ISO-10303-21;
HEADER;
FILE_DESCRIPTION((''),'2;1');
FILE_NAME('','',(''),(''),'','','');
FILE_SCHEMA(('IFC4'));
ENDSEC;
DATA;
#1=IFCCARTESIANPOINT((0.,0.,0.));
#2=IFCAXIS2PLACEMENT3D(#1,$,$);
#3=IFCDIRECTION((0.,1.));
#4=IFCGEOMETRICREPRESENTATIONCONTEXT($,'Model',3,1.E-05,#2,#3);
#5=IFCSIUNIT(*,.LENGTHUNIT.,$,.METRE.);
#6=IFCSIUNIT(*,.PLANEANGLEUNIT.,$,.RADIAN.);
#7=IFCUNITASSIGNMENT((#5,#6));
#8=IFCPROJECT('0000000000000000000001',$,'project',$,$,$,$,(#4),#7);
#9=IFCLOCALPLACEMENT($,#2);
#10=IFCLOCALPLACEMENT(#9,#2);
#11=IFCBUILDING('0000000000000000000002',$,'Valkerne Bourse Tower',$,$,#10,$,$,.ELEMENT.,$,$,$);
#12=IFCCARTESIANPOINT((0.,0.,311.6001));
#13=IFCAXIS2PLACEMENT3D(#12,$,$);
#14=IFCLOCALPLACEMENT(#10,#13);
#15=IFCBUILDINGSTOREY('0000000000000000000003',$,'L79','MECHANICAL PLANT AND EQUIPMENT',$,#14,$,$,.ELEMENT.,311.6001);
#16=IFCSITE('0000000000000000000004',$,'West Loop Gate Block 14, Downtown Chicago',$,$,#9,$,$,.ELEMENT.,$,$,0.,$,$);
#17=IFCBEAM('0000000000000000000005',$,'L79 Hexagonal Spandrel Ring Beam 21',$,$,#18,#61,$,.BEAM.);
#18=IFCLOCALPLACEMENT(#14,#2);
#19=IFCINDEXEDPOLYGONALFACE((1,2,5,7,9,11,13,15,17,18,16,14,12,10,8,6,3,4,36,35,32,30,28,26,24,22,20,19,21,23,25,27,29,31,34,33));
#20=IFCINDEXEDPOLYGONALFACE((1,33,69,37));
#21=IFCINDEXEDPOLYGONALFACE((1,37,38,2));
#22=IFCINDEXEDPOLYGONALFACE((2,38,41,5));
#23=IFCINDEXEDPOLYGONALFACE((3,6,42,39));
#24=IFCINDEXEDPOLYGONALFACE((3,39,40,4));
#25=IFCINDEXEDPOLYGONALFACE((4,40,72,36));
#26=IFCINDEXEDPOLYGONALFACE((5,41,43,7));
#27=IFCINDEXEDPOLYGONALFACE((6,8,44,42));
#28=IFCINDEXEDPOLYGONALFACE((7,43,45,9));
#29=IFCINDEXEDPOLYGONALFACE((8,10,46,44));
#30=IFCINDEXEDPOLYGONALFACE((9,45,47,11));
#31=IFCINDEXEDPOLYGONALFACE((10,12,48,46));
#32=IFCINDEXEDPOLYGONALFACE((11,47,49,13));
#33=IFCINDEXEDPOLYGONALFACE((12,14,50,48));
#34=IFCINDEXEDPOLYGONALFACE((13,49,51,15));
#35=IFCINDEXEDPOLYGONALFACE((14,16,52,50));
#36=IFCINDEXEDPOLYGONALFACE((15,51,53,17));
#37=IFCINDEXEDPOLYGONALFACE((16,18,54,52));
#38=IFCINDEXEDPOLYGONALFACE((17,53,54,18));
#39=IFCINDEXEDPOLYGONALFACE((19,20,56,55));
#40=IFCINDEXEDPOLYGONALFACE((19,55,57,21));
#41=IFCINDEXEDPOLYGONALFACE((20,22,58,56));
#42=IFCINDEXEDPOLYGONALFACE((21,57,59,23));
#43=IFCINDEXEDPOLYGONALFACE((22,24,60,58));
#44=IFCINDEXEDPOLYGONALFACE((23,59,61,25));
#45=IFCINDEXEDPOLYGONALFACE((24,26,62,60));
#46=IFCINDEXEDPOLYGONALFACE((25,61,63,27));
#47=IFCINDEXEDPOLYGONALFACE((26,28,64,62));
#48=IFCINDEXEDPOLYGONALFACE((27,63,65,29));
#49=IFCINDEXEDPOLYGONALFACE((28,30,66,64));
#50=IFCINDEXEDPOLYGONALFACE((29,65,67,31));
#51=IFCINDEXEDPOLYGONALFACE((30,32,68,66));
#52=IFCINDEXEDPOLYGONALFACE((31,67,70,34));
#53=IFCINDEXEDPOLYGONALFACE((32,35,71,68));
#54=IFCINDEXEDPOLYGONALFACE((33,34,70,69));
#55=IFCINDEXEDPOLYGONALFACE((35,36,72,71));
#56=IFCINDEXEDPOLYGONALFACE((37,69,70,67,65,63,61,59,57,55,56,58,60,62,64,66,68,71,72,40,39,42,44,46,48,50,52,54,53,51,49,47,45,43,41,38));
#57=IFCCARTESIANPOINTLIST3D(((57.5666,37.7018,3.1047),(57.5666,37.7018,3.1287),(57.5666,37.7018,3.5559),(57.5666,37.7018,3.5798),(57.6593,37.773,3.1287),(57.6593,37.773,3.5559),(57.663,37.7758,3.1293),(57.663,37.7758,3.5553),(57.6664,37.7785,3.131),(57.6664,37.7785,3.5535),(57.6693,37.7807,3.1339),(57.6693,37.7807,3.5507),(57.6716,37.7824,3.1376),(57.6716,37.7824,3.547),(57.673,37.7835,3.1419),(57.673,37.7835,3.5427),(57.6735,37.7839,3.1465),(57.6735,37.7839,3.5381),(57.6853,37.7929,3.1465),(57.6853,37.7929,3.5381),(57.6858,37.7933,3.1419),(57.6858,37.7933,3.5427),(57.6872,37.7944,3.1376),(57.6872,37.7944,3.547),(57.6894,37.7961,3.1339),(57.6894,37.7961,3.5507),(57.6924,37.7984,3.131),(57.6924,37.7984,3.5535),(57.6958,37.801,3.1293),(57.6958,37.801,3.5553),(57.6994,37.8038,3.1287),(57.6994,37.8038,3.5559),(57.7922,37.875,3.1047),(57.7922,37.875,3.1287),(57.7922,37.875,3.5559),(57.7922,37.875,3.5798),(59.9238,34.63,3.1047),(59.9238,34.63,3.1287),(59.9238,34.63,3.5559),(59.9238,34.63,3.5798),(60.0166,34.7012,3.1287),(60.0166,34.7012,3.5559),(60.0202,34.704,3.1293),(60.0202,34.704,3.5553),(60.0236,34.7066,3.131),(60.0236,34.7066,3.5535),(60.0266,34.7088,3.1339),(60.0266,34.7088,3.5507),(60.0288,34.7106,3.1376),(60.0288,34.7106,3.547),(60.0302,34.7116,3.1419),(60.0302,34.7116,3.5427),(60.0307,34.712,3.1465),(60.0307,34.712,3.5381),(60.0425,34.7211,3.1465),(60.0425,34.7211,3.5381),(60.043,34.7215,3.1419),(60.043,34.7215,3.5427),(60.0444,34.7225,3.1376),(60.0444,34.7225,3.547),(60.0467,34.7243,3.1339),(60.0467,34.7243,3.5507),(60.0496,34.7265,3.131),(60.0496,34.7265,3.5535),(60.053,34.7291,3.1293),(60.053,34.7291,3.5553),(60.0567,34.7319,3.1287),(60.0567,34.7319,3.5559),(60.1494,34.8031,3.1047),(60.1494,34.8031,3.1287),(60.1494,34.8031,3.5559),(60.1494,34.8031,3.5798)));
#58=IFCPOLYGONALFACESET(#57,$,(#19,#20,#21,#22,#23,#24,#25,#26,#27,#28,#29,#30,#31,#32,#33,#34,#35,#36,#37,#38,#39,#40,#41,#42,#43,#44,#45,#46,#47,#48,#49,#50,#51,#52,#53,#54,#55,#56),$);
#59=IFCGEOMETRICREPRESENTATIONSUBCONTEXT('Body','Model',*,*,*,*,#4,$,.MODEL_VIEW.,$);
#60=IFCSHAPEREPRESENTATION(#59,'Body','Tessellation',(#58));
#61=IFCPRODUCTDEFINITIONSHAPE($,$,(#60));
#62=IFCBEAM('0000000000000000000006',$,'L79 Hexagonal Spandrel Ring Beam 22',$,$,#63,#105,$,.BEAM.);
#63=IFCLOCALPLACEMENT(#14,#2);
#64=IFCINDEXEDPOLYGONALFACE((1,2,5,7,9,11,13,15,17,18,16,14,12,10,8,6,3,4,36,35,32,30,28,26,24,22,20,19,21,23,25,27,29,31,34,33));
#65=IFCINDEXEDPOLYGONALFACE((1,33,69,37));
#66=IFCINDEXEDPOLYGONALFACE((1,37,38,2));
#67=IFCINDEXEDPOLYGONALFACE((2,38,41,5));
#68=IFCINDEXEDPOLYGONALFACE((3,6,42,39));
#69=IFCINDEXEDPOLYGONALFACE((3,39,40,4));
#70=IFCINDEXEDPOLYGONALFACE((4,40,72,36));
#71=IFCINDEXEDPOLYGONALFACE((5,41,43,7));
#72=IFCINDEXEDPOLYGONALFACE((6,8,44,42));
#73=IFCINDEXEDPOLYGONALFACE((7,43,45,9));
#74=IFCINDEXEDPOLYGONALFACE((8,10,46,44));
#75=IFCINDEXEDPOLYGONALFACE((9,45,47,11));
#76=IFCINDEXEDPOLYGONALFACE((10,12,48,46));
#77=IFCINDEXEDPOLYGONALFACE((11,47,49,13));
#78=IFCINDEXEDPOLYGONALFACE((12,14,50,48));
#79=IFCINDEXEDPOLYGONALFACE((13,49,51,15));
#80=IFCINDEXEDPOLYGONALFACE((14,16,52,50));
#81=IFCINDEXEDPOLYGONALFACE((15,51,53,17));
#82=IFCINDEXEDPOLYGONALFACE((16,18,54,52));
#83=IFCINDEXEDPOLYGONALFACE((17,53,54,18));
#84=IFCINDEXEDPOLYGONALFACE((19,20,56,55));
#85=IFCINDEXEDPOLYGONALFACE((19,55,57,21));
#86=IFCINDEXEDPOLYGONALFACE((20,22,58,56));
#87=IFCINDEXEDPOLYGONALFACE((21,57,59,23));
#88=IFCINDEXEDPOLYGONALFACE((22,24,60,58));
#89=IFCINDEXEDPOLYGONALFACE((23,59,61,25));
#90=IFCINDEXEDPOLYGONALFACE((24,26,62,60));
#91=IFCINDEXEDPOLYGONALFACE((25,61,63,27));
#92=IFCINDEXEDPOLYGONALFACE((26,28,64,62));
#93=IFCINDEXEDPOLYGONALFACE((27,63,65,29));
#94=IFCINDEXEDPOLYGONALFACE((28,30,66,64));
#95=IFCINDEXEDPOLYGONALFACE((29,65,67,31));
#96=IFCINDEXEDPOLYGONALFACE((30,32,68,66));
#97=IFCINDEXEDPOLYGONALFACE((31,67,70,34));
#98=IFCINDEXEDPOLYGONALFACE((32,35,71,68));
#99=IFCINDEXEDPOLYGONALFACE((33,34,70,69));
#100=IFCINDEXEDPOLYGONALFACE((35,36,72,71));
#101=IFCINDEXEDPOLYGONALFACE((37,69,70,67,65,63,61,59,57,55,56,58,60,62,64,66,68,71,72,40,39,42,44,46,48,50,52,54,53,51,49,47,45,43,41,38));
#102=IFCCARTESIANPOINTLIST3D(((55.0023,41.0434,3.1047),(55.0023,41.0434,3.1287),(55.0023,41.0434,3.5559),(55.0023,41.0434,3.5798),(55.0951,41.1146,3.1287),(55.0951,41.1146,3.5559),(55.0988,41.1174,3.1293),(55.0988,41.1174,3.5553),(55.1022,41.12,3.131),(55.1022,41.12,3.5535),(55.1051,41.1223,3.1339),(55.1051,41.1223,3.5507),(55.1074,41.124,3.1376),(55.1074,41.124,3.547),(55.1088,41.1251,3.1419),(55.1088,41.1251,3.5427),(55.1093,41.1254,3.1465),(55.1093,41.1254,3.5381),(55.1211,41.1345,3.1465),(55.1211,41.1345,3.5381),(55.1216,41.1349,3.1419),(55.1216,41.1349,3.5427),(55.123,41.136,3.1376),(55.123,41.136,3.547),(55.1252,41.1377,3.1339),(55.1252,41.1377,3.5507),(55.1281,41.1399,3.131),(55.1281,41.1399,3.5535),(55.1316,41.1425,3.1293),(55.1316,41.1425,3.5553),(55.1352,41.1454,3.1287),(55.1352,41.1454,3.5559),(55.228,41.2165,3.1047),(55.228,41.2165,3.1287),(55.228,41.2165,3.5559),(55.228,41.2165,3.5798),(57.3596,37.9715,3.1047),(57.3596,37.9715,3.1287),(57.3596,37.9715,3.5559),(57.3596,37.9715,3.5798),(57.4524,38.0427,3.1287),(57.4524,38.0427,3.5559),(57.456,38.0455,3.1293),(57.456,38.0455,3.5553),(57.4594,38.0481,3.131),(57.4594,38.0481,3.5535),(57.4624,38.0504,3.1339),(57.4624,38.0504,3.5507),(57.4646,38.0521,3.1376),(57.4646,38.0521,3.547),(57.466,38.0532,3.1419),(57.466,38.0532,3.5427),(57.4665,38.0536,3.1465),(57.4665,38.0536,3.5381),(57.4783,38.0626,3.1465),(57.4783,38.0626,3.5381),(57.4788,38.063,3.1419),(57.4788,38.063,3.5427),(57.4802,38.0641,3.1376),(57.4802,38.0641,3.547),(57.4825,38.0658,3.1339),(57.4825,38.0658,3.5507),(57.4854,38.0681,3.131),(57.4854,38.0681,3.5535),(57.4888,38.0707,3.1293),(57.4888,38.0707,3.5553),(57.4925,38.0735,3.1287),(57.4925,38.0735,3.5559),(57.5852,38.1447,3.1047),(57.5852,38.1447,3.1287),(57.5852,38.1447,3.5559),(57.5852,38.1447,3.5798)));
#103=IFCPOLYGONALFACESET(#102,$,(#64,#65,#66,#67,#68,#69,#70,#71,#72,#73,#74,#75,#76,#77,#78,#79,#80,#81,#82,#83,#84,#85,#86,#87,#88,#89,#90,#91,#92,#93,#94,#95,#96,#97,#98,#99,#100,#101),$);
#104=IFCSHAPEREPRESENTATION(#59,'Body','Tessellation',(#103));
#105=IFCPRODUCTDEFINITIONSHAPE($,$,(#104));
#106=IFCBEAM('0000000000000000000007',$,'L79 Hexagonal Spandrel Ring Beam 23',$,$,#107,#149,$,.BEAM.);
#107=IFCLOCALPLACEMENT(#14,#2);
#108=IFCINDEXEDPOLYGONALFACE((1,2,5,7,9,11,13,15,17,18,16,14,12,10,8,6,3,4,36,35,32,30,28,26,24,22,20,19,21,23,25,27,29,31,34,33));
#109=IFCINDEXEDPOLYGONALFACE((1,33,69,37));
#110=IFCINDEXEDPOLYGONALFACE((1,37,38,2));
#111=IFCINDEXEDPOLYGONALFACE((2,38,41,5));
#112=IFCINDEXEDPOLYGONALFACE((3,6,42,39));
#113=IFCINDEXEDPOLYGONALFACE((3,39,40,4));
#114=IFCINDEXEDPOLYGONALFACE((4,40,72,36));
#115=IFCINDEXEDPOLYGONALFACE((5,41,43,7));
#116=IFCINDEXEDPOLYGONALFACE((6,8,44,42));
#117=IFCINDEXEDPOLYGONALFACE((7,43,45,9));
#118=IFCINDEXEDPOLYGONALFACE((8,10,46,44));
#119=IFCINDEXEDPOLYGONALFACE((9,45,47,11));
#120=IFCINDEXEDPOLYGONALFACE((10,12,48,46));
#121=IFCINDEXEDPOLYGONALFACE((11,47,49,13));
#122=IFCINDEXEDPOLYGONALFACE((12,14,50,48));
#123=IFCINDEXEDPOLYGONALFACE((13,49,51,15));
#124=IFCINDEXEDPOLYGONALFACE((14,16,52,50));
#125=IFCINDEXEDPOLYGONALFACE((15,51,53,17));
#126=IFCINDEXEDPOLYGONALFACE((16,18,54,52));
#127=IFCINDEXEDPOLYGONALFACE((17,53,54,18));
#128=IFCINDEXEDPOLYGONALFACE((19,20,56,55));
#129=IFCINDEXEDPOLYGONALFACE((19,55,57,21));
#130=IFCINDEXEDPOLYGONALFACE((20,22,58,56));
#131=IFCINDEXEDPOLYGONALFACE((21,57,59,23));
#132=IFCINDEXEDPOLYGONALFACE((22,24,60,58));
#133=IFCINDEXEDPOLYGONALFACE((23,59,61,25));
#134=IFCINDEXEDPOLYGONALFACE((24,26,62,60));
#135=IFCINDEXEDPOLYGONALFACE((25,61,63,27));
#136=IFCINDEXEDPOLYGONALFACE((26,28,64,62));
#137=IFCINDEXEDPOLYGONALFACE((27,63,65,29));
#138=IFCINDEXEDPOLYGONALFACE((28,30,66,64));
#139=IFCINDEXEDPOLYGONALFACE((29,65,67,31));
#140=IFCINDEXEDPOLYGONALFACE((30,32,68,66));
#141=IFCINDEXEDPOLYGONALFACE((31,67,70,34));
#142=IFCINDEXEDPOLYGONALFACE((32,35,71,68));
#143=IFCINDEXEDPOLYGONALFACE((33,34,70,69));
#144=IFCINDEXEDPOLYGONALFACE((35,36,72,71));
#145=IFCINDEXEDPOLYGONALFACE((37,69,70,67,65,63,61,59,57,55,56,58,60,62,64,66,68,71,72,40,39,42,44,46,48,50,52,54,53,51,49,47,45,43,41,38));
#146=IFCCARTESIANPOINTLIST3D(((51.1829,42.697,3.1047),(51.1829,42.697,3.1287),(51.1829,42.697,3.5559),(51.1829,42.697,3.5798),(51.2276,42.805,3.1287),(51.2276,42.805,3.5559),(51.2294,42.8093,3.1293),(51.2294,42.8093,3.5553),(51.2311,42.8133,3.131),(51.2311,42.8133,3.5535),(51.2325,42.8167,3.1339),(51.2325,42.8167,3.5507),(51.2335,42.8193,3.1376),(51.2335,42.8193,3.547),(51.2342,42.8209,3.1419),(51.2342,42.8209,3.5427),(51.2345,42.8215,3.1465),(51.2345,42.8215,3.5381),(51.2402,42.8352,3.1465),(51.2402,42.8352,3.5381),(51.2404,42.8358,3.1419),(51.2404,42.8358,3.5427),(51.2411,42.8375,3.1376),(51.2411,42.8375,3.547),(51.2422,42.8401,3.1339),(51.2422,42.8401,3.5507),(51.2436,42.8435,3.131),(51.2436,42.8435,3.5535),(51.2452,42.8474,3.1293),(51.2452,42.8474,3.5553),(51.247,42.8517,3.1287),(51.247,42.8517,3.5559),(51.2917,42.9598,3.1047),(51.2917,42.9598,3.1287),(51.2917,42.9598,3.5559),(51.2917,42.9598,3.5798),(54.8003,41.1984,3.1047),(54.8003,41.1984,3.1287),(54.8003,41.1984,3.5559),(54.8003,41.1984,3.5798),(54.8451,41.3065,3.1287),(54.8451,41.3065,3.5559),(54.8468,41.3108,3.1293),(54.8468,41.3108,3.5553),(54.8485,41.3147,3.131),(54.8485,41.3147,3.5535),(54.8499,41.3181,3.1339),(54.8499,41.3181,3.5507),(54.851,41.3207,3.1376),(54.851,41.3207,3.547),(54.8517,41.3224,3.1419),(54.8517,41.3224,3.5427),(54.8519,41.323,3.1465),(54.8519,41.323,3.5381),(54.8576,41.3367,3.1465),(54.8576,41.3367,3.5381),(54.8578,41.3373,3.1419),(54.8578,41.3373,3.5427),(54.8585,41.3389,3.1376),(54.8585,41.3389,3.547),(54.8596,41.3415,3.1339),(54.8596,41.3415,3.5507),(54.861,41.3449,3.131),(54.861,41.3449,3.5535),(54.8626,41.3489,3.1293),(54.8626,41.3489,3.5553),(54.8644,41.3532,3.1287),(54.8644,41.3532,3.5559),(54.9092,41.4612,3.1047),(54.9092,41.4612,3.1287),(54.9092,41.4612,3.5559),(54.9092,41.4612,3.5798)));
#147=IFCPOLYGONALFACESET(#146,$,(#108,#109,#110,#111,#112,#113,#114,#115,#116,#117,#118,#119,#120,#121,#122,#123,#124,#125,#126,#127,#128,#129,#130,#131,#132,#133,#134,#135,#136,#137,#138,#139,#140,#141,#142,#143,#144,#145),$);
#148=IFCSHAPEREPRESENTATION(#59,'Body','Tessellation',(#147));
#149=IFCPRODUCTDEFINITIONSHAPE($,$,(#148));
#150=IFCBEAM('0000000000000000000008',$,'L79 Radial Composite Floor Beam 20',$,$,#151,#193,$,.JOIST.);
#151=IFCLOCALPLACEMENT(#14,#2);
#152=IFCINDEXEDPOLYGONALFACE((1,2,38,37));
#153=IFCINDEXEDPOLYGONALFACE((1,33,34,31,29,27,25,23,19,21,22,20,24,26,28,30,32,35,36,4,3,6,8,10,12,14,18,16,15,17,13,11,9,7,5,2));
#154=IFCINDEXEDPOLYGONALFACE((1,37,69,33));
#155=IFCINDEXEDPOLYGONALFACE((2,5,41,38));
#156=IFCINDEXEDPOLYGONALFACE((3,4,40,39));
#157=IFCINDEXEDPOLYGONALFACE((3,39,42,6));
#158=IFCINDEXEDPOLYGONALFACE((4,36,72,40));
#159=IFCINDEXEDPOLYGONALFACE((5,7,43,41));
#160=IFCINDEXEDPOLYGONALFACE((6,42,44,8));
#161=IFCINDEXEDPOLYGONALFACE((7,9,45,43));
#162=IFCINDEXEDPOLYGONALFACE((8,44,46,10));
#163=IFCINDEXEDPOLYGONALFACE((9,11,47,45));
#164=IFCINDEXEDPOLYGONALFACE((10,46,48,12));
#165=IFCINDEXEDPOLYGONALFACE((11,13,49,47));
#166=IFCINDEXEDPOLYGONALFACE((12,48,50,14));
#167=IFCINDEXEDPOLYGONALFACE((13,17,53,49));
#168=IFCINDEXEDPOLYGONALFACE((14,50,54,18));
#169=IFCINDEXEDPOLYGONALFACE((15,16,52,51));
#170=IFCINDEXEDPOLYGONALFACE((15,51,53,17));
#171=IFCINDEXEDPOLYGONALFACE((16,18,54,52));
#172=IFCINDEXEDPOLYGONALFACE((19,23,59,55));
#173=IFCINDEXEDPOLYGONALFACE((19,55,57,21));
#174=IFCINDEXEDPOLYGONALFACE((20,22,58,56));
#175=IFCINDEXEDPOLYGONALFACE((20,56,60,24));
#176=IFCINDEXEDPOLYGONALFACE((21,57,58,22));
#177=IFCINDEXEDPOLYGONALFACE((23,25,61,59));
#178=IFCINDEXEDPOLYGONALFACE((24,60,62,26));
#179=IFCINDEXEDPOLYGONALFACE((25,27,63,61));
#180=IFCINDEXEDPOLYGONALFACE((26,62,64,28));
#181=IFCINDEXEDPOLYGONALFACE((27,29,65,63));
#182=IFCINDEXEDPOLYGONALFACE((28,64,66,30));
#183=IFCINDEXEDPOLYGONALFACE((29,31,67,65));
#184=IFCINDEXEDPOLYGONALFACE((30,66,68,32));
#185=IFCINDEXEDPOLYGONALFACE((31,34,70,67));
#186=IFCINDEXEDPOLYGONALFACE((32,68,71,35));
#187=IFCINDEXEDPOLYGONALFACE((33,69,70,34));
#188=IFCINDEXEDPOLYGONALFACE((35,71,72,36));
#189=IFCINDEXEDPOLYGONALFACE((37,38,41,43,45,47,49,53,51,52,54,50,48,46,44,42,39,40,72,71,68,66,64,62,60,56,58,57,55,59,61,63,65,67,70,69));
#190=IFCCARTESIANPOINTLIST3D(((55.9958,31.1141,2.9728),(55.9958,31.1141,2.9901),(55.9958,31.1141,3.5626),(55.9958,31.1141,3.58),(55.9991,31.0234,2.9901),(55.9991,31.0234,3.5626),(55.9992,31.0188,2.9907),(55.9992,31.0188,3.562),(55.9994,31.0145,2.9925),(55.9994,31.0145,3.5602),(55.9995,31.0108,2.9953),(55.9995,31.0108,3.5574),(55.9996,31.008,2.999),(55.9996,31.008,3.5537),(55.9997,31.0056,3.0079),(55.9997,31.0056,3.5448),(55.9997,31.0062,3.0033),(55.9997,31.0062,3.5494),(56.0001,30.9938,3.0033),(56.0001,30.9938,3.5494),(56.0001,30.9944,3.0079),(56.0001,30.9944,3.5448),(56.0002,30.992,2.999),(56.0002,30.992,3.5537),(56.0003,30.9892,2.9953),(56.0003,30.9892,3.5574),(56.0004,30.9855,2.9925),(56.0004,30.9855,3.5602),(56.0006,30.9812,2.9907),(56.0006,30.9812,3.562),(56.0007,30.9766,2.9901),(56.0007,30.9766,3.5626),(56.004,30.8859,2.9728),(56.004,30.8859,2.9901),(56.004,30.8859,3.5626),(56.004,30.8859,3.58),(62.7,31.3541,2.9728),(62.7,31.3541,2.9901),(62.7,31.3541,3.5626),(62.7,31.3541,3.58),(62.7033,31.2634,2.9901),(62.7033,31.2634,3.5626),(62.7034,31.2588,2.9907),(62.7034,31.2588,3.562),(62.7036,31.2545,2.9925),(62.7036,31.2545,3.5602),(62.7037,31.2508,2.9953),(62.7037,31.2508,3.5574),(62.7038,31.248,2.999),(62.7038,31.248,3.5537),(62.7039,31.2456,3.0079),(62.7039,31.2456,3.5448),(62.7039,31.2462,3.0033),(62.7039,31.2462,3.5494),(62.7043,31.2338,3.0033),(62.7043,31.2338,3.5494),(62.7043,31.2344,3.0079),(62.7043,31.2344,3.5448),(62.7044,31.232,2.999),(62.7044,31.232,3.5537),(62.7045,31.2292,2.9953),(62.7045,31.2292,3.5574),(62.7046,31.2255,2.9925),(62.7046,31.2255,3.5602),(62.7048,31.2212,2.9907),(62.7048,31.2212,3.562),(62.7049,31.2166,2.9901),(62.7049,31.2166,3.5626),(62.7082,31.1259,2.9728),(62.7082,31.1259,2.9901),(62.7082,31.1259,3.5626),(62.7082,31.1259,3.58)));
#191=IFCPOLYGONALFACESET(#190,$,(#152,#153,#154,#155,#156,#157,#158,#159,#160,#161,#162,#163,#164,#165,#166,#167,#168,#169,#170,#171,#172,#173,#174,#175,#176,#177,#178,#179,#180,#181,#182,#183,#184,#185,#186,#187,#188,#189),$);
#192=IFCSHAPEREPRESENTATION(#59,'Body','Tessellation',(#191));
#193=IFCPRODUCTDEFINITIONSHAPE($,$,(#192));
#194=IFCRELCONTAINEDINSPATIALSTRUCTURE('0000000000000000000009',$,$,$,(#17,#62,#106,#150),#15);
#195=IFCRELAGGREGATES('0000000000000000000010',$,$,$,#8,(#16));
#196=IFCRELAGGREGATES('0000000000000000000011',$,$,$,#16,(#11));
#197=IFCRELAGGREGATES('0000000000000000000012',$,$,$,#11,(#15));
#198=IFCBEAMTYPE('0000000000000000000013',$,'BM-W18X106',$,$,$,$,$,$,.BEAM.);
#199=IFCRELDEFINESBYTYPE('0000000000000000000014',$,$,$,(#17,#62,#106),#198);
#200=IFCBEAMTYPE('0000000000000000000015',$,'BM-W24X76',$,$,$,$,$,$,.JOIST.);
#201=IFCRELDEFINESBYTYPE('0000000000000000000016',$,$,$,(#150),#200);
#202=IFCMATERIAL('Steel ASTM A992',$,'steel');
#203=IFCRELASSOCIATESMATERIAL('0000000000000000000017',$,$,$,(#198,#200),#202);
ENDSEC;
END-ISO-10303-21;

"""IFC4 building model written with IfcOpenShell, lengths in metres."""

from ifc_helpers import new_model, si_unit, direction, frame, origin, origin_2d, place, context, subcontext, project, spatial, i_section, extrude, material, material_profile, profile_set, type_object, element, save


model = new_model("IFC4")

# Units and contexts
model_context = context("Model", 3, precision=1e-05, world=origin(), true_north=direction((0.0, 1.0)))
body_context = subcontext(model_context, "Body", "Model", "MODEL_VIEW")
ifc_project = project(units=[si_unit("LENGTHUNIT", "METRE"), si_unit("PLANEANGLEUNIT", "RADIAN")], contexts=[model_context])

# Site, building, storey
site_placement = place(None, origin())
site = spatial("IfcSite", under=ifc_project, at=site_placement, Name="West Loop Gate Block 14, Downtown Chicago", CompositionType="ELEMENT", RefElevation=0.0)
building_placement = place(site_placement, origin())
building = spatial("IfcBuilding", under=site, at=building_placement, Name="Valkerne Bourse Tower", CompositionType="ELEMENT")
storey_placement = place(building_placement, frame((0.0, 0.0, 311.6001)))
storey = spatial("IfcBuildingStorey", under=building, at=storey_placement, Name="L79", Description="MECHANICAL PLANT AND EQUIPMENT", CompositionType="ELEMENT", Elevation=311.6001)

# Beams
ifc_material_1 = material(Name="Steel ASTM A992", Category="steel")
ifc_material_profile_1 = material_profile(ifc_material_1, i_section(OverallWidth=0.2844, OverallDepth=0.4751, WebThickness=0.0149, FlangeThickness=0.0239, FilletRadius=0.0178, at=origin_2d()), Name="W18X106")
ifc_profile_set_1 = profile_set([ifc_material_profile_1], Name="Steel ASTM A992")
beam_type_1 = type_object("IfcBeamType", Name="BM-W18X106", PredefinedType="BEAM", material=ifc_profile_set_1)
for number, where, z_axis, x_axis, name in (
    (1, (60.0366, 34.7166, 3.3423), (-0.608781, 0.793338, 0.0), (-0.793338, -0.608781, 0.0), "L79 Hexagonal Spandrel Ring Beam 21"),
    (2, (57.4724, 38.0581, 3.3423), (-0.608781, 0.793338, 0.0), (-0.793338, -0.608781, 0.0), "L79 Hexagonal Spandrel Ring Beam 22"),
):
    element("IfcBeam", number, at=place(storey_placement, frame(where, z_axis=z_axis, x_axis=x_axis)), inside=storey, type_object=beam_type_1, Name=name, PredefinedType="BEAM", context=body_context, shape_type="SweptSolid", body=[
        extrude(i_section(OverallWidth=0.2844, OverallDepth=0.4751, WebThickness=0.0149, FlangeThickness=0.0239, FilletRadius=0.0178, at=origin_2d()), origin(), (0.0, 0.0, 1.0), 3.8721),
    ])
beam_1_placement = place(storey_placement, frame((54.8547, 41.3298, 3.3423), z_axis=(-0.923866, 0.382715, 0.0), x_axis=(-0.382715, -0.923866, 0.0)))
element("IfcBeam", 3, at=beam_1_placement, inside=storey, type_object=beam_type_1, Name="L79 Hexagonal Spandrel Ring Beam 23", PredefinedType="BEAM", context=body_context, shape_type="SweptSolid", body=[
    extrude(i_section(OverallWidth=0.2844, OverallDepth=0.4751, WebThickness=0.0149, FlangeThickness=0.0239, FilletRadius=0.0178, at=origin_2d()), origin(), (0.0, 0.0, 1.0), 3.9155),
])
ifc_material_profile_2 = material_profile(ifc_material_1, i_section(OverallWidth=0.2283, OverallDepth=0.6072, WebThickness=0.0112, FlangeThickness=0.0173, FilletRadius=0.0178, at=origin_2d()), Name="W24X76")
ifc_profile_set_2 = profile_set([ifc_material_profile_2], Name="Steel ASTM A992")
beam_type_2 = type_object("IfcBeamType", Name="BM-W24X76", PredefinedType="JOIST", material=ifc_profile_set_2)
beam_2_placement = place(storey_placement, frame((62.7041, 31.24, 3.2764), z_axis=(-0.99936, -0.035775, 0.0), x_axis=(0.035775, -0.99936, 0.0)))
element("IfcBeam", 4, at=beam_2_placement, inside=storey, type_object=beam_type_2, Name="L79 Radial Composite Floor Beam 20", PredefinedType="JOIST", context=body_context, shape_type="SweptSolid", body=[
    extrude(i_section(OverallWidth=0.2283, OverallDepth=0.6072, WebThickness=0.0112, FlangeThickness=0.0173, FilletRadius=0.0178, at=origin_2d()), origin(), (0.0, 0.0, 1.0), 6.7085),
])

save(model, "model.ifc")
